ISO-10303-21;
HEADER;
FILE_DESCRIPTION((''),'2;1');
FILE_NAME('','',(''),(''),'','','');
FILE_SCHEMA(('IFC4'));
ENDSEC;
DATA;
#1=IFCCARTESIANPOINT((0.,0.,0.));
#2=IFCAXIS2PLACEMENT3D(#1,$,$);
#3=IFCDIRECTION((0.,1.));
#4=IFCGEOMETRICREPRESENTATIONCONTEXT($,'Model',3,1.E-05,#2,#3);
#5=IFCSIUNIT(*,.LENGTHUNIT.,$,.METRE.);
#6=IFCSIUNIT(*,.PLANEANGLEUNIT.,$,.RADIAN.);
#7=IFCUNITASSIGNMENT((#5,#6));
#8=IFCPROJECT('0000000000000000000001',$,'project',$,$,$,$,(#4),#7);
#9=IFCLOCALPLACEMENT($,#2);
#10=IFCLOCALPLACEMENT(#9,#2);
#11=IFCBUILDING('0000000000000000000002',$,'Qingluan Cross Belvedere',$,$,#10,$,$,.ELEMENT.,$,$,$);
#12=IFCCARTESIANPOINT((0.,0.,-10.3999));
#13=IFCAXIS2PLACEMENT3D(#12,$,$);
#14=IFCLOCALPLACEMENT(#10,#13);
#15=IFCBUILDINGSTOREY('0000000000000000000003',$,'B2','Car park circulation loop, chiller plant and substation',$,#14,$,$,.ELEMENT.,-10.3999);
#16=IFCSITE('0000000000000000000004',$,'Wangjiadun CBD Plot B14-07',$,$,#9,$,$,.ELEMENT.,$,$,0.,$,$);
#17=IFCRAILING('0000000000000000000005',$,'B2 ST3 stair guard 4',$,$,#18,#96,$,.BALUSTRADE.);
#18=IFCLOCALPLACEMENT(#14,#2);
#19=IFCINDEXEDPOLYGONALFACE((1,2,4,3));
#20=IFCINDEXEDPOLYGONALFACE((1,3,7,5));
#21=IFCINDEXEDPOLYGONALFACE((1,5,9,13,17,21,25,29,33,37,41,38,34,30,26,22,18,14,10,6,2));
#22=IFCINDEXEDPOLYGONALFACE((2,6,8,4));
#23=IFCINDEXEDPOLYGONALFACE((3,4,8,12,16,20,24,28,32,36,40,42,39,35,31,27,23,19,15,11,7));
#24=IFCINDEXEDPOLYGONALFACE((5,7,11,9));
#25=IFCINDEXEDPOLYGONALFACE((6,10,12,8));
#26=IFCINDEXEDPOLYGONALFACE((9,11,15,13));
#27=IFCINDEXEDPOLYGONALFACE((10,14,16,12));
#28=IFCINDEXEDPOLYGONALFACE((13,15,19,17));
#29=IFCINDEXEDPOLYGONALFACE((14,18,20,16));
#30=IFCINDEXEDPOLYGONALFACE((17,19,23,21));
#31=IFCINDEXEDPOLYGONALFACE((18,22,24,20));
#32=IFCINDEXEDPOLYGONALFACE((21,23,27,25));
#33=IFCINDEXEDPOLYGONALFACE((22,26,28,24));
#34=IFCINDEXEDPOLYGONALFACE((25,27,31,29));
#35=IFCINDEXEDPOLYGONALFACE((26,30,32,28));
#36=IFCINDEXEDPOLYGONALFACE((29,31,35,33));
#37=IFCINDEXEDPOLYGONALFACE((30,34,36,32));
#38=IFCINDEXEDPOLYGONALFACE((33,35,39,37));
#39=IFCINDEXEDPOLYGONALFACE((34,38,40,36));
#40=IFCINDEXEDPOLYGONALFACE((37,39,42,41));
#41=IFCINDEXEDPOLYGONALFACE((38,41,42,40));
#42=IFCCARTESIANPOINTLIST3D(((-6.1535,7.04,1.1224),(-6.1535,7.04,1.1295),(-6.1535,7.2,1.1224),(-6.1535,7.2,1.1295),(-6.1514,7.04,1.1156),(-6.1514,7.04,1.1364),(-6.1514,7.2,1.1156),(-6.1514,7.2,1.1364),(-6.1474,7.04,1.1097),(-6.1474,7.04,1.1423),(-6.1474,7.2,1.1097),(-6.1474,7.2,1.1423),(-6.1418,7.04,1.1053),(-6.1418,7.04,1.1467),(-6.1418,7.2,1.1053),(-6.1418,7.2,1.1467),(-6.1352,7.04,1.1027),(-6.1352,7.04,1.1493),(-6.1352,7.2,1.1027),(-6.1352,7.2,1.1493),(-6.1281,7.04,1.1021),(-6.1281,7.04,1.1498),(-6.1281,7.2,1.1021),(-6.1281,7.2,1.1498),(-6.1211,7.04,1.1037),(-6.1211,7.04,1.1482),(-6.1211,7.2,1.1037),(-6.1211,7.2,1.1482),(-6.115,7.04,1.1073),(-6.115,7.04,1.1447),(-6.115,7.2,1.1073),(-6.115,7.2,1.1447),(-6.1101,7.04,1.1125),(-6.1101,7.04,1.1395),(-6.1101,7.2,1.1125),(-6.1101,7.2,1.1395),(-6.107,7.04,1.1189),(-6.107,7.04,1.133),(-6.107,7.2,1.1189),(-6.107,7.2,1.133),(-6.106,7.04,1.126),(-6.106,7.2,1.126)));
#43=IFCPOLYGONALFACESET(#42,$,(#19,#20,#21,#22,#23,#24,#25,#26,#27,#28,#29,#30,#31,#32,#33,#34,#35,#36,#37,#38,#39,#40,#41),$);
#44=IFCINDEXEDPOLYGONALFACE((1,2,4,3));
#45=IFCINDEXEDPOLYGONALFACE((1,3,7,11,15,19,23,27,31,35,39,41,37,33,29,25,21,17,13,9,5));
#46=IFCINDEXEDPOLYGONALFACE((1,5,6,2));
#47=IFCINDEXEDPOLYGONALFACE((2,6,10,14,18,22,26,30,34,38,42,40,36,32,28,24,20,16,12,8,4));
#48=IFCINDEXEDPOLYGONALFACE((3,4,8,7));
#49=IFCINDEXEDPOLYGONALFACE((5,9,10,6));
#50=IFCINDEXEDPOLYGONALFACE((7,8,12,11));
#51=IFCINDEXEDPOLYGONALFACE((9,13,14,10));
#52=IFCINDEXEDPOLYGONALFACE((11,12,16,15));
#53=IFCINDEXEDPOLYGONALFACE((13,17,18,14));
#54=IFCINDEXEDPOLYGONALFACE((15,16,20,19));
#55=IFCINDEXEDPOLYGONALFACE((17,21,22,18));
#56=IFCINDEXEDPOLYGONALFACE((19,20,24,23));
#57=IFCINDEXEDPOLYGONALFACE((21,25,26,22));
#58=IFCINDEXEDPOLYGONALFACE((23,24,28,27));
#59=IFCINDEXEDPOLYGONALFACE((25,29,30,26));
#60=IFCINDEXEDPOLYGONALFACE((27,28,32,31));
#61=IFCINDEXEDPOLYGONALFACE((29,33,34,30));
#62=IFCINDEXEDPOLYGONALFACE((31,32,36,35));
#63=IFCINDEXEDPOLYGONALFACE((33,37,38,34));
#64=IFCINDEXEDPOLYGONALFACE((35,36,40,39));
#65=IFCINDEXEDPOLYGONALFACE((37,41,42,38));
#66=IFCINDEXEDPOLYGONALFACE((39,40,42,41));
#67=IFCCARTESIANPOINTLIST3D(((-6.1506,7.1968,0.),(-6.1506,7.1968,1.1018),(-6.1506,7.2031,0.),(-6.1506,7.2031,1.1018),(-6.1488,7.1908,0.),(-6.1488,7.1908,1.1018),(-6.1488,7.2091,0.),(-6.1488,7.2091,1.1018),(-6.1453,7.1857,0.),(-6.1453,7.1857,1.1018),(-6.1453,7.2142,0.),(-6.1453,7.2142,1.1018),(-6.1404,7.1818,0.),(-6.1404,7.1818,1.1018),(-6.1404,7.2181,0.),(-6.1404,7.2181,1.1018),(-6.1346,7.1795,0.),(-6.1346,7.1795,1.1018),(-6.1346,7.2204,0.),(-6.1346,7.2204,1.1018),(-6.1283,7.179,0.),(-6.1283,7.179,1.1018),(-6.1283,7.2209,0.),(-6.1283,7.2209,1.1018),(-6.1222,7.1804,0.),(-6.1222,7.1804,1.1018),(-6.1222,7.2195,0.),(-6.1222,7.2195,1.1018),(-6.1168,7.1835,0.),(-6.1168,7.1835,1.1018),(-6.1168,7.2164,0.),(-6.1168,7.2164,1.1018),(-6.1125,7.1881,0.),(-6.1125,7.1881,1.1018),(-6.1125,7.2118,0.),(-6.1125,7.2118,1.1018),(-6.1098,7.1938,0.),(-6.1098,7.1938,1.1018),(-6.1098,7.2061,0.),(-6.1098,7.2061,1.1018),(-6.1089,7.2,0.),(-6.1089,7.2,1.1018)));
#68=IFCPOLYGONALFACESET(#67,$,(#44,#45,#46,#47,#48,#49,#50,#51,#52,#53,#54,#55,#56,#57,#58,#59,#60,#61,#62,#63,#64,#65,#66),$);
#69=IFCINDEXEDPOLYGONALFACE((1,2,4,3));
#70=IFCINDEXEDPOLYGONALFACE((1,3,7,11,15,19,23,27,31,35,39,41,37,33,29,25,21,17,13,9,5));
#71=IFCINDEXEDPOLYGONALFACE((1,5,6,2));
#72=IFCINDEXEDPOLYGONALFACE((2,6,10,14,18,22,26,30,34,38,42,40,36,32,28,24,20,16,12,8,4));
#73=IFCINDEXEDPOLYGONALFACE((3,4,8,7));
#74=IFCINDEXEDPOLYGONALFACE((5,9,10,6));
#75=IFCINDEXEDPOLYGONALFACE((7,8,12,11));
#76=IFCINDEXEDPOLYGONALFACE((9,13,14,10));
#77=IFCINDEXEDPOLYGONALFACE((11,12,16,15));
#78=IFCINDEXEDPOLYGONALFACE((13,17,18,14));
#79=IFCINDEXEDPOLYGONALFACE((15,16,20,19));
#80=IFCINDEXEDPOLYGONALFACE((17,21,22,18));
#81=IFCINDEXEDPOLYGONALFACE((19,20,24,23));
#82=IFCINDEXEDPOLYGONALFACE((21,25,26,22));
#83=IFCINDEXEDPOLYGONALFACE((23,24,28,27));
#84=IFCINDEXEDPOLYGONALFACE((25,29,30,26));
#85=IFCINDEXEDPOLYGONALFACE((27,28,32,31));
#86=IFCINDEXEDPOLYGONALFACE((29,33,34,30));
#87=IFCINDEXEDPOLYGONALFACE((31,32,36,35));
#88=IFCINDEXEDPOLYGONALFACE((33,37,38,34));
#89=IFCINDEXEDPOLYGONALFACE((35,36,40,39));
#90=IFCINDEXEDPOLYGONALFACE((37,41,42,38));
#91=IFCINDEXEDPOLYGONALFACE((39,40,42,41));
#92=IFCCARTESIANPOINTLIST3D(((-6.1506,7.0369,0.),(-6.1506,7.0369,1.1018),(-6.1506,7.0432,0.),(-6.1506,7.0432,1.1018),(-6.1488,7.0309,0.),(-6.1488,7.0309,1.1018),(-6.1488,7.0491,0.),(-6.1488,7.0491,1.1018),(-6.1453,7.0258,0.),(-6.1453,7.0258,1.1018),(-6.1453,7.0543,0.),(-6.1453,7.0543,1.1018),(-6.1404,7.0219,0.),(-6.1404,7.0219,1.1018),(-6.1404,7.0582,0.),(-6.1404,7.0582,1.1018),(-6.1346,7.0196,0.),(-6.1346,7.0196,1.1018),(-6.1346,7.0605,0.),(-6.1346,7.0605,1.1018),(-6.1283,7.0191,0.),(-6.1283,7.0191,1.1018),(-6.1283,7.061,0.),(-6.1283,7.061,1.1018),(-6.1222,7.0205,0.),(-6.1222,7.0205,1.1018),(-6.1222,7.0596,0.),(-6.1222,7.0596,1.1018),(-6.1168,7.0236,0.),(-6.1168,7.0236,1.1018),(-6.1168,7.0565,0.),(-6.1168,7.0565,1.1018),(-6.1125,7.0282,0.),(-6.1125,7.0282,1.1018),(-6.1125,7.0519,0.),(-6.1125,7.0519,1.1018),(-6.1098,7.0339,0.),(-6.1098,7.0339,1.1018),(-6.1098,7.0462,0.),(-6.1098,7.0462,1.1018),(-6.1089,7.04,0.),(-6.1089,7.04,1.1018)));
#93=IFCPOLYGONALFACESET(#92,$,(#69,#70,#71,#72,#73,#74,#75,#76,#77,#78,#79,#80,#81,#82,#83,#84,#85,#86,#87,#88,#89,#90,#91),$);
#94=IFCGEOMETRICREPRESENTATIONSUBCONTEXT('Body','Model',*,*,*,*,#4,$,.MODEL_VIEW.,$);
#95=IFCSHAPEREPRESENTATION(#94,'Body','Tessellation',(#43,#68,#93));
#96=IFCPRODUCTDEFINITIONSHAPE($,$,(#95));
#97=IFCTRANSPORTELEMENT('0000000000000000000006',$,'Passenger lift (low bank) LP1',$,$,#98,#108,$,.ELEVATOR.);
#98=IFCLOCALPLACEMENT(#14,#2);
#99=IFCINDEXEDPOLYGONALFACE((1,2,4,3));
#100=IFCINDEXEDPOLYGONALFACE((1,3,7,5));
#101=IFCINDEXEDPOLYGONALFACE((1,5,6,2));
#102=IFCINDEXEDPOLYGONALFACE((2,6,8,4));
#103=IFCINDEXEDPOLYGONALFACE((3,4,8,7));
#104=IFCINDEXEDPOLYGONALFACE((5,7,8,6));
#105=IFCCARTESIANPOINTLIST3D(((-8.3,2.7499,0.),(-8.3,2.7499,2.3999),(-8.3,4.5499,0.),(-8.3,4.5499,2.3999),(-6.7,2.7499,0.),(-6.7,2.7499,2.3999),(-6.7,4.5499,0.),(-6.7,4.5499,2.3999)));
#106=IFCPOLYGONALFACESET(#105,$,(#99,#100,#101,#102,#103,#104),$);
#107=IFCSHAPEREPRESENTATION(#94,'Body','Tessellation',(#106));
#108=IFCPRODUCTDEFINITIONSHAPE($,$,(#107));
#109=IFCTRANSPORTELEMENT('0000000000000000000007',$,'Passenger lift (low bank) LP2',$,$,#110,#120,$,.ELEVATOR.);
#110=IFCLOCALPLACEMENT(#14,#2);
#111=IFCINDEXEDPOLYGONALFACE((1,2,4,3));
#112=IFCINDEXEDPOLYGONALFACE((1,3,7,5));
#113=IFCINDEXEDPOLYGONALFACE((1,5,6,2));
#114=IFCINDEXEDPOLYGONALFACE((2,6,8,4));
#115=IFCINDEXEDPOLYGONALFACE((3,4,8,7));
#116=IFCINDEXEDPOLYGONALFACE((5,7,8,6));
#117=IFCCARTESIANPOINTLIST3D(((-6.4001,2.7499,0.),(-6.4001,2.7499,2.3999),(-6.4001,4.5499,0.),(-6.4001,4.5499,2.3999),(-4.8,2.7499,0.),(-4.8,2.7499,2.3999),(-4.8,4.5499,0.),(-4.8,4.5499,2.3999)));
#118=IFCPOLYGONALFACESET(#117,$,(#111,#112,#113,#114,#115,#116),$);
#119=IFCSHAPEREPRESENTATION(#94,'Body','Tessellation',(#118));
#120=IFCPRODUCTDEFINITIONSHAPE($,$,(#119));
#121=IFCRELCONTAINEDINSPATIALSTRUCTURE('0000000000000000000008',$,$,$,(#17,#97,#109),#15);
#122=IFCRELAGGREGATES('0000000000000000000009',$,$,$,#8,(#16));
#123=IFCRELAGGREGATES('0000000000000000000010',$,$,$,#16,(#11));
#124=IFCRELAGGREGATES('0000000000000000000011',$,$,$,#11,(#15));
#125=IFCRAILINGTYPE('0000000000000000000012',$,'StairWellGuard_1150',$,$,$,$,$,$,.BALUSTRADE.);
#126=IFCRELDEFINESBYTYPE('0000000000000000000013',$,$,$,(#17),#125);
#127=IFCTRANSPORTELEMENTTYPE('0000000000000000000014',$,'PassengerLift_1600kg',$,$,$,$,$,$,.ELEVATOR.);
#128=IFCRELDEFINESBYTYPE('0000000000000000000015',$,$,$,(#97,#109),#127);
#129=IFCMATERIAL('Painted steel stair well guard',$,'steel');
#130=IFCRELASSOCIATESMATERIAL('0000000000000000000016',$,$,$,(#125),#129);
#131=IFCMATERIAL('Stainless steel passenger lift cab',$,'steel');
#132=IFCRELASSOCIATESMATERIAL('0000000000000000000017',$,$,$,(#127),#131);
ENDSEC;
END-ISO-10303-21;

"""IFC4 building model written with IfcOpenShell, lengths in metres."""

from ifc_helpers import new_model, si_unit, direction, frame, origin, origin_2d, place, context, subcontext, project, spatial, rectangle, circle, extrude, material, type_object, element, save


model = new_model("IFC4")

# Units and contexts
model_context = context("Model", 3, precision=1e-05, world=origin(), true_north=direction((0.0, 1.0)))
body_context = subcontext(model_context, "Body", "Model", "MODEL_VIEW")
ifc_project = project(units=[si_unit("LENGTHUNIT", "METRE"), si_unit("PLANEANGLEUNIT", "RADIAN")], contexts=[model_context])

# Site, building, storey
site_placement = place(None, origin())
site = spatial("IfcSite", under=ifc_project, at=site_placement, Name="Wangjiadun CBD Plot B14-07", CompositionType="ELEMENT", RefElevation=0.0)
building_placement = place(site_placement, origin())
building = spatial("IfcBuilding", under=site, at=building_placement, Name="Qingluan Cross Belvedere", CompositionType="ELEMENT")
storey_placement = place(building_placement, frame((0.0, 0.0, -10.3999)))
storey = spatial("IfcBuildingStorey", under=building, at=storey_placement, Name="B2", Description="Car park circulation loop, chiller plant and substation", CompositionType="ELEMENT", Elevation=-10.3999)

# Railing
ifc_material_1 = material(Name="Painted steel stair well guard", Category="steel")
railing_type_1 = type_object("IfcRailingType", Name="StairWellGuard_1150", PredefinedType="BALUSTRADE", material=ifc_material_1)
railing_1_placement = place(storey_placement, frame((-6.1299, 7.2, 0.0)))
element("IfcRailing", 1, at=railing_1_placement, inside=storey, type_object=railing_type_1, Name="B2 ST3 stair guard 4", PredefinedType="BALUSTRADE", context=body_context, shape_type="SweptSolid", body=[
    extrude(circle(Radius=0.0239, at=origin_2d()), frame((0.0, 0.0, 1.126), z_axis=(0.0, -1.0, 0.0), x_axis=(1.0, 0.0, 0.0)), (0.0, 0.0, 1.0), 0.1599),
    extrude(circle(Radius=0.021, at=origin_2d()), origin(), (0.0, 0.0, 1.0), 1.1018),
    extrude(circle(Radius=0.021, at=origin_2d()), frame((0.0, -0.1599, 0.0)), (0.0, 0.0, 1.0), 1.1018),
])

# Transport elements
ifc_material_2 = material(Name="Stainless steel passenger lift cab", Category="steel")
transport_element_type = type_object("IfcTransportElementType", Name="PassengerLift_1600kg", PredefinedType="ELEVATOR", material=ifc_material_2)
for number, where, z_axis, x_axis, name in (
    (2, (-7.5, 3.6499, 0.0), (0.0, 0.0, 1.0), (1.0, 0.0, 0.0), "Passenger lift (low bank) LP1"),
    (3, (-5.6001, 3.6499, 0.0), (0.0, 0.0, 1.0), (1.0, 0.0, 0.0), "Passenger lift (low bank) LP2"),
):
    element("IfcTransportElement", number, at=place(storey_placement, frame(where, z_axis=z_axis, x_axis=x_axis)), inside=storey, type_object=transport_element_type, Name=name, PredefinedType="ELEVATOR", context=body_context, shape_type="SweptSolid", body=[
        extrude(rectangle(XDim=1.6001, YDim=1.8, at=origin_2d()), origin(), (0.0, 0.0, 1.0), 2.3999),
    ])

save(model, "model.ifc")
